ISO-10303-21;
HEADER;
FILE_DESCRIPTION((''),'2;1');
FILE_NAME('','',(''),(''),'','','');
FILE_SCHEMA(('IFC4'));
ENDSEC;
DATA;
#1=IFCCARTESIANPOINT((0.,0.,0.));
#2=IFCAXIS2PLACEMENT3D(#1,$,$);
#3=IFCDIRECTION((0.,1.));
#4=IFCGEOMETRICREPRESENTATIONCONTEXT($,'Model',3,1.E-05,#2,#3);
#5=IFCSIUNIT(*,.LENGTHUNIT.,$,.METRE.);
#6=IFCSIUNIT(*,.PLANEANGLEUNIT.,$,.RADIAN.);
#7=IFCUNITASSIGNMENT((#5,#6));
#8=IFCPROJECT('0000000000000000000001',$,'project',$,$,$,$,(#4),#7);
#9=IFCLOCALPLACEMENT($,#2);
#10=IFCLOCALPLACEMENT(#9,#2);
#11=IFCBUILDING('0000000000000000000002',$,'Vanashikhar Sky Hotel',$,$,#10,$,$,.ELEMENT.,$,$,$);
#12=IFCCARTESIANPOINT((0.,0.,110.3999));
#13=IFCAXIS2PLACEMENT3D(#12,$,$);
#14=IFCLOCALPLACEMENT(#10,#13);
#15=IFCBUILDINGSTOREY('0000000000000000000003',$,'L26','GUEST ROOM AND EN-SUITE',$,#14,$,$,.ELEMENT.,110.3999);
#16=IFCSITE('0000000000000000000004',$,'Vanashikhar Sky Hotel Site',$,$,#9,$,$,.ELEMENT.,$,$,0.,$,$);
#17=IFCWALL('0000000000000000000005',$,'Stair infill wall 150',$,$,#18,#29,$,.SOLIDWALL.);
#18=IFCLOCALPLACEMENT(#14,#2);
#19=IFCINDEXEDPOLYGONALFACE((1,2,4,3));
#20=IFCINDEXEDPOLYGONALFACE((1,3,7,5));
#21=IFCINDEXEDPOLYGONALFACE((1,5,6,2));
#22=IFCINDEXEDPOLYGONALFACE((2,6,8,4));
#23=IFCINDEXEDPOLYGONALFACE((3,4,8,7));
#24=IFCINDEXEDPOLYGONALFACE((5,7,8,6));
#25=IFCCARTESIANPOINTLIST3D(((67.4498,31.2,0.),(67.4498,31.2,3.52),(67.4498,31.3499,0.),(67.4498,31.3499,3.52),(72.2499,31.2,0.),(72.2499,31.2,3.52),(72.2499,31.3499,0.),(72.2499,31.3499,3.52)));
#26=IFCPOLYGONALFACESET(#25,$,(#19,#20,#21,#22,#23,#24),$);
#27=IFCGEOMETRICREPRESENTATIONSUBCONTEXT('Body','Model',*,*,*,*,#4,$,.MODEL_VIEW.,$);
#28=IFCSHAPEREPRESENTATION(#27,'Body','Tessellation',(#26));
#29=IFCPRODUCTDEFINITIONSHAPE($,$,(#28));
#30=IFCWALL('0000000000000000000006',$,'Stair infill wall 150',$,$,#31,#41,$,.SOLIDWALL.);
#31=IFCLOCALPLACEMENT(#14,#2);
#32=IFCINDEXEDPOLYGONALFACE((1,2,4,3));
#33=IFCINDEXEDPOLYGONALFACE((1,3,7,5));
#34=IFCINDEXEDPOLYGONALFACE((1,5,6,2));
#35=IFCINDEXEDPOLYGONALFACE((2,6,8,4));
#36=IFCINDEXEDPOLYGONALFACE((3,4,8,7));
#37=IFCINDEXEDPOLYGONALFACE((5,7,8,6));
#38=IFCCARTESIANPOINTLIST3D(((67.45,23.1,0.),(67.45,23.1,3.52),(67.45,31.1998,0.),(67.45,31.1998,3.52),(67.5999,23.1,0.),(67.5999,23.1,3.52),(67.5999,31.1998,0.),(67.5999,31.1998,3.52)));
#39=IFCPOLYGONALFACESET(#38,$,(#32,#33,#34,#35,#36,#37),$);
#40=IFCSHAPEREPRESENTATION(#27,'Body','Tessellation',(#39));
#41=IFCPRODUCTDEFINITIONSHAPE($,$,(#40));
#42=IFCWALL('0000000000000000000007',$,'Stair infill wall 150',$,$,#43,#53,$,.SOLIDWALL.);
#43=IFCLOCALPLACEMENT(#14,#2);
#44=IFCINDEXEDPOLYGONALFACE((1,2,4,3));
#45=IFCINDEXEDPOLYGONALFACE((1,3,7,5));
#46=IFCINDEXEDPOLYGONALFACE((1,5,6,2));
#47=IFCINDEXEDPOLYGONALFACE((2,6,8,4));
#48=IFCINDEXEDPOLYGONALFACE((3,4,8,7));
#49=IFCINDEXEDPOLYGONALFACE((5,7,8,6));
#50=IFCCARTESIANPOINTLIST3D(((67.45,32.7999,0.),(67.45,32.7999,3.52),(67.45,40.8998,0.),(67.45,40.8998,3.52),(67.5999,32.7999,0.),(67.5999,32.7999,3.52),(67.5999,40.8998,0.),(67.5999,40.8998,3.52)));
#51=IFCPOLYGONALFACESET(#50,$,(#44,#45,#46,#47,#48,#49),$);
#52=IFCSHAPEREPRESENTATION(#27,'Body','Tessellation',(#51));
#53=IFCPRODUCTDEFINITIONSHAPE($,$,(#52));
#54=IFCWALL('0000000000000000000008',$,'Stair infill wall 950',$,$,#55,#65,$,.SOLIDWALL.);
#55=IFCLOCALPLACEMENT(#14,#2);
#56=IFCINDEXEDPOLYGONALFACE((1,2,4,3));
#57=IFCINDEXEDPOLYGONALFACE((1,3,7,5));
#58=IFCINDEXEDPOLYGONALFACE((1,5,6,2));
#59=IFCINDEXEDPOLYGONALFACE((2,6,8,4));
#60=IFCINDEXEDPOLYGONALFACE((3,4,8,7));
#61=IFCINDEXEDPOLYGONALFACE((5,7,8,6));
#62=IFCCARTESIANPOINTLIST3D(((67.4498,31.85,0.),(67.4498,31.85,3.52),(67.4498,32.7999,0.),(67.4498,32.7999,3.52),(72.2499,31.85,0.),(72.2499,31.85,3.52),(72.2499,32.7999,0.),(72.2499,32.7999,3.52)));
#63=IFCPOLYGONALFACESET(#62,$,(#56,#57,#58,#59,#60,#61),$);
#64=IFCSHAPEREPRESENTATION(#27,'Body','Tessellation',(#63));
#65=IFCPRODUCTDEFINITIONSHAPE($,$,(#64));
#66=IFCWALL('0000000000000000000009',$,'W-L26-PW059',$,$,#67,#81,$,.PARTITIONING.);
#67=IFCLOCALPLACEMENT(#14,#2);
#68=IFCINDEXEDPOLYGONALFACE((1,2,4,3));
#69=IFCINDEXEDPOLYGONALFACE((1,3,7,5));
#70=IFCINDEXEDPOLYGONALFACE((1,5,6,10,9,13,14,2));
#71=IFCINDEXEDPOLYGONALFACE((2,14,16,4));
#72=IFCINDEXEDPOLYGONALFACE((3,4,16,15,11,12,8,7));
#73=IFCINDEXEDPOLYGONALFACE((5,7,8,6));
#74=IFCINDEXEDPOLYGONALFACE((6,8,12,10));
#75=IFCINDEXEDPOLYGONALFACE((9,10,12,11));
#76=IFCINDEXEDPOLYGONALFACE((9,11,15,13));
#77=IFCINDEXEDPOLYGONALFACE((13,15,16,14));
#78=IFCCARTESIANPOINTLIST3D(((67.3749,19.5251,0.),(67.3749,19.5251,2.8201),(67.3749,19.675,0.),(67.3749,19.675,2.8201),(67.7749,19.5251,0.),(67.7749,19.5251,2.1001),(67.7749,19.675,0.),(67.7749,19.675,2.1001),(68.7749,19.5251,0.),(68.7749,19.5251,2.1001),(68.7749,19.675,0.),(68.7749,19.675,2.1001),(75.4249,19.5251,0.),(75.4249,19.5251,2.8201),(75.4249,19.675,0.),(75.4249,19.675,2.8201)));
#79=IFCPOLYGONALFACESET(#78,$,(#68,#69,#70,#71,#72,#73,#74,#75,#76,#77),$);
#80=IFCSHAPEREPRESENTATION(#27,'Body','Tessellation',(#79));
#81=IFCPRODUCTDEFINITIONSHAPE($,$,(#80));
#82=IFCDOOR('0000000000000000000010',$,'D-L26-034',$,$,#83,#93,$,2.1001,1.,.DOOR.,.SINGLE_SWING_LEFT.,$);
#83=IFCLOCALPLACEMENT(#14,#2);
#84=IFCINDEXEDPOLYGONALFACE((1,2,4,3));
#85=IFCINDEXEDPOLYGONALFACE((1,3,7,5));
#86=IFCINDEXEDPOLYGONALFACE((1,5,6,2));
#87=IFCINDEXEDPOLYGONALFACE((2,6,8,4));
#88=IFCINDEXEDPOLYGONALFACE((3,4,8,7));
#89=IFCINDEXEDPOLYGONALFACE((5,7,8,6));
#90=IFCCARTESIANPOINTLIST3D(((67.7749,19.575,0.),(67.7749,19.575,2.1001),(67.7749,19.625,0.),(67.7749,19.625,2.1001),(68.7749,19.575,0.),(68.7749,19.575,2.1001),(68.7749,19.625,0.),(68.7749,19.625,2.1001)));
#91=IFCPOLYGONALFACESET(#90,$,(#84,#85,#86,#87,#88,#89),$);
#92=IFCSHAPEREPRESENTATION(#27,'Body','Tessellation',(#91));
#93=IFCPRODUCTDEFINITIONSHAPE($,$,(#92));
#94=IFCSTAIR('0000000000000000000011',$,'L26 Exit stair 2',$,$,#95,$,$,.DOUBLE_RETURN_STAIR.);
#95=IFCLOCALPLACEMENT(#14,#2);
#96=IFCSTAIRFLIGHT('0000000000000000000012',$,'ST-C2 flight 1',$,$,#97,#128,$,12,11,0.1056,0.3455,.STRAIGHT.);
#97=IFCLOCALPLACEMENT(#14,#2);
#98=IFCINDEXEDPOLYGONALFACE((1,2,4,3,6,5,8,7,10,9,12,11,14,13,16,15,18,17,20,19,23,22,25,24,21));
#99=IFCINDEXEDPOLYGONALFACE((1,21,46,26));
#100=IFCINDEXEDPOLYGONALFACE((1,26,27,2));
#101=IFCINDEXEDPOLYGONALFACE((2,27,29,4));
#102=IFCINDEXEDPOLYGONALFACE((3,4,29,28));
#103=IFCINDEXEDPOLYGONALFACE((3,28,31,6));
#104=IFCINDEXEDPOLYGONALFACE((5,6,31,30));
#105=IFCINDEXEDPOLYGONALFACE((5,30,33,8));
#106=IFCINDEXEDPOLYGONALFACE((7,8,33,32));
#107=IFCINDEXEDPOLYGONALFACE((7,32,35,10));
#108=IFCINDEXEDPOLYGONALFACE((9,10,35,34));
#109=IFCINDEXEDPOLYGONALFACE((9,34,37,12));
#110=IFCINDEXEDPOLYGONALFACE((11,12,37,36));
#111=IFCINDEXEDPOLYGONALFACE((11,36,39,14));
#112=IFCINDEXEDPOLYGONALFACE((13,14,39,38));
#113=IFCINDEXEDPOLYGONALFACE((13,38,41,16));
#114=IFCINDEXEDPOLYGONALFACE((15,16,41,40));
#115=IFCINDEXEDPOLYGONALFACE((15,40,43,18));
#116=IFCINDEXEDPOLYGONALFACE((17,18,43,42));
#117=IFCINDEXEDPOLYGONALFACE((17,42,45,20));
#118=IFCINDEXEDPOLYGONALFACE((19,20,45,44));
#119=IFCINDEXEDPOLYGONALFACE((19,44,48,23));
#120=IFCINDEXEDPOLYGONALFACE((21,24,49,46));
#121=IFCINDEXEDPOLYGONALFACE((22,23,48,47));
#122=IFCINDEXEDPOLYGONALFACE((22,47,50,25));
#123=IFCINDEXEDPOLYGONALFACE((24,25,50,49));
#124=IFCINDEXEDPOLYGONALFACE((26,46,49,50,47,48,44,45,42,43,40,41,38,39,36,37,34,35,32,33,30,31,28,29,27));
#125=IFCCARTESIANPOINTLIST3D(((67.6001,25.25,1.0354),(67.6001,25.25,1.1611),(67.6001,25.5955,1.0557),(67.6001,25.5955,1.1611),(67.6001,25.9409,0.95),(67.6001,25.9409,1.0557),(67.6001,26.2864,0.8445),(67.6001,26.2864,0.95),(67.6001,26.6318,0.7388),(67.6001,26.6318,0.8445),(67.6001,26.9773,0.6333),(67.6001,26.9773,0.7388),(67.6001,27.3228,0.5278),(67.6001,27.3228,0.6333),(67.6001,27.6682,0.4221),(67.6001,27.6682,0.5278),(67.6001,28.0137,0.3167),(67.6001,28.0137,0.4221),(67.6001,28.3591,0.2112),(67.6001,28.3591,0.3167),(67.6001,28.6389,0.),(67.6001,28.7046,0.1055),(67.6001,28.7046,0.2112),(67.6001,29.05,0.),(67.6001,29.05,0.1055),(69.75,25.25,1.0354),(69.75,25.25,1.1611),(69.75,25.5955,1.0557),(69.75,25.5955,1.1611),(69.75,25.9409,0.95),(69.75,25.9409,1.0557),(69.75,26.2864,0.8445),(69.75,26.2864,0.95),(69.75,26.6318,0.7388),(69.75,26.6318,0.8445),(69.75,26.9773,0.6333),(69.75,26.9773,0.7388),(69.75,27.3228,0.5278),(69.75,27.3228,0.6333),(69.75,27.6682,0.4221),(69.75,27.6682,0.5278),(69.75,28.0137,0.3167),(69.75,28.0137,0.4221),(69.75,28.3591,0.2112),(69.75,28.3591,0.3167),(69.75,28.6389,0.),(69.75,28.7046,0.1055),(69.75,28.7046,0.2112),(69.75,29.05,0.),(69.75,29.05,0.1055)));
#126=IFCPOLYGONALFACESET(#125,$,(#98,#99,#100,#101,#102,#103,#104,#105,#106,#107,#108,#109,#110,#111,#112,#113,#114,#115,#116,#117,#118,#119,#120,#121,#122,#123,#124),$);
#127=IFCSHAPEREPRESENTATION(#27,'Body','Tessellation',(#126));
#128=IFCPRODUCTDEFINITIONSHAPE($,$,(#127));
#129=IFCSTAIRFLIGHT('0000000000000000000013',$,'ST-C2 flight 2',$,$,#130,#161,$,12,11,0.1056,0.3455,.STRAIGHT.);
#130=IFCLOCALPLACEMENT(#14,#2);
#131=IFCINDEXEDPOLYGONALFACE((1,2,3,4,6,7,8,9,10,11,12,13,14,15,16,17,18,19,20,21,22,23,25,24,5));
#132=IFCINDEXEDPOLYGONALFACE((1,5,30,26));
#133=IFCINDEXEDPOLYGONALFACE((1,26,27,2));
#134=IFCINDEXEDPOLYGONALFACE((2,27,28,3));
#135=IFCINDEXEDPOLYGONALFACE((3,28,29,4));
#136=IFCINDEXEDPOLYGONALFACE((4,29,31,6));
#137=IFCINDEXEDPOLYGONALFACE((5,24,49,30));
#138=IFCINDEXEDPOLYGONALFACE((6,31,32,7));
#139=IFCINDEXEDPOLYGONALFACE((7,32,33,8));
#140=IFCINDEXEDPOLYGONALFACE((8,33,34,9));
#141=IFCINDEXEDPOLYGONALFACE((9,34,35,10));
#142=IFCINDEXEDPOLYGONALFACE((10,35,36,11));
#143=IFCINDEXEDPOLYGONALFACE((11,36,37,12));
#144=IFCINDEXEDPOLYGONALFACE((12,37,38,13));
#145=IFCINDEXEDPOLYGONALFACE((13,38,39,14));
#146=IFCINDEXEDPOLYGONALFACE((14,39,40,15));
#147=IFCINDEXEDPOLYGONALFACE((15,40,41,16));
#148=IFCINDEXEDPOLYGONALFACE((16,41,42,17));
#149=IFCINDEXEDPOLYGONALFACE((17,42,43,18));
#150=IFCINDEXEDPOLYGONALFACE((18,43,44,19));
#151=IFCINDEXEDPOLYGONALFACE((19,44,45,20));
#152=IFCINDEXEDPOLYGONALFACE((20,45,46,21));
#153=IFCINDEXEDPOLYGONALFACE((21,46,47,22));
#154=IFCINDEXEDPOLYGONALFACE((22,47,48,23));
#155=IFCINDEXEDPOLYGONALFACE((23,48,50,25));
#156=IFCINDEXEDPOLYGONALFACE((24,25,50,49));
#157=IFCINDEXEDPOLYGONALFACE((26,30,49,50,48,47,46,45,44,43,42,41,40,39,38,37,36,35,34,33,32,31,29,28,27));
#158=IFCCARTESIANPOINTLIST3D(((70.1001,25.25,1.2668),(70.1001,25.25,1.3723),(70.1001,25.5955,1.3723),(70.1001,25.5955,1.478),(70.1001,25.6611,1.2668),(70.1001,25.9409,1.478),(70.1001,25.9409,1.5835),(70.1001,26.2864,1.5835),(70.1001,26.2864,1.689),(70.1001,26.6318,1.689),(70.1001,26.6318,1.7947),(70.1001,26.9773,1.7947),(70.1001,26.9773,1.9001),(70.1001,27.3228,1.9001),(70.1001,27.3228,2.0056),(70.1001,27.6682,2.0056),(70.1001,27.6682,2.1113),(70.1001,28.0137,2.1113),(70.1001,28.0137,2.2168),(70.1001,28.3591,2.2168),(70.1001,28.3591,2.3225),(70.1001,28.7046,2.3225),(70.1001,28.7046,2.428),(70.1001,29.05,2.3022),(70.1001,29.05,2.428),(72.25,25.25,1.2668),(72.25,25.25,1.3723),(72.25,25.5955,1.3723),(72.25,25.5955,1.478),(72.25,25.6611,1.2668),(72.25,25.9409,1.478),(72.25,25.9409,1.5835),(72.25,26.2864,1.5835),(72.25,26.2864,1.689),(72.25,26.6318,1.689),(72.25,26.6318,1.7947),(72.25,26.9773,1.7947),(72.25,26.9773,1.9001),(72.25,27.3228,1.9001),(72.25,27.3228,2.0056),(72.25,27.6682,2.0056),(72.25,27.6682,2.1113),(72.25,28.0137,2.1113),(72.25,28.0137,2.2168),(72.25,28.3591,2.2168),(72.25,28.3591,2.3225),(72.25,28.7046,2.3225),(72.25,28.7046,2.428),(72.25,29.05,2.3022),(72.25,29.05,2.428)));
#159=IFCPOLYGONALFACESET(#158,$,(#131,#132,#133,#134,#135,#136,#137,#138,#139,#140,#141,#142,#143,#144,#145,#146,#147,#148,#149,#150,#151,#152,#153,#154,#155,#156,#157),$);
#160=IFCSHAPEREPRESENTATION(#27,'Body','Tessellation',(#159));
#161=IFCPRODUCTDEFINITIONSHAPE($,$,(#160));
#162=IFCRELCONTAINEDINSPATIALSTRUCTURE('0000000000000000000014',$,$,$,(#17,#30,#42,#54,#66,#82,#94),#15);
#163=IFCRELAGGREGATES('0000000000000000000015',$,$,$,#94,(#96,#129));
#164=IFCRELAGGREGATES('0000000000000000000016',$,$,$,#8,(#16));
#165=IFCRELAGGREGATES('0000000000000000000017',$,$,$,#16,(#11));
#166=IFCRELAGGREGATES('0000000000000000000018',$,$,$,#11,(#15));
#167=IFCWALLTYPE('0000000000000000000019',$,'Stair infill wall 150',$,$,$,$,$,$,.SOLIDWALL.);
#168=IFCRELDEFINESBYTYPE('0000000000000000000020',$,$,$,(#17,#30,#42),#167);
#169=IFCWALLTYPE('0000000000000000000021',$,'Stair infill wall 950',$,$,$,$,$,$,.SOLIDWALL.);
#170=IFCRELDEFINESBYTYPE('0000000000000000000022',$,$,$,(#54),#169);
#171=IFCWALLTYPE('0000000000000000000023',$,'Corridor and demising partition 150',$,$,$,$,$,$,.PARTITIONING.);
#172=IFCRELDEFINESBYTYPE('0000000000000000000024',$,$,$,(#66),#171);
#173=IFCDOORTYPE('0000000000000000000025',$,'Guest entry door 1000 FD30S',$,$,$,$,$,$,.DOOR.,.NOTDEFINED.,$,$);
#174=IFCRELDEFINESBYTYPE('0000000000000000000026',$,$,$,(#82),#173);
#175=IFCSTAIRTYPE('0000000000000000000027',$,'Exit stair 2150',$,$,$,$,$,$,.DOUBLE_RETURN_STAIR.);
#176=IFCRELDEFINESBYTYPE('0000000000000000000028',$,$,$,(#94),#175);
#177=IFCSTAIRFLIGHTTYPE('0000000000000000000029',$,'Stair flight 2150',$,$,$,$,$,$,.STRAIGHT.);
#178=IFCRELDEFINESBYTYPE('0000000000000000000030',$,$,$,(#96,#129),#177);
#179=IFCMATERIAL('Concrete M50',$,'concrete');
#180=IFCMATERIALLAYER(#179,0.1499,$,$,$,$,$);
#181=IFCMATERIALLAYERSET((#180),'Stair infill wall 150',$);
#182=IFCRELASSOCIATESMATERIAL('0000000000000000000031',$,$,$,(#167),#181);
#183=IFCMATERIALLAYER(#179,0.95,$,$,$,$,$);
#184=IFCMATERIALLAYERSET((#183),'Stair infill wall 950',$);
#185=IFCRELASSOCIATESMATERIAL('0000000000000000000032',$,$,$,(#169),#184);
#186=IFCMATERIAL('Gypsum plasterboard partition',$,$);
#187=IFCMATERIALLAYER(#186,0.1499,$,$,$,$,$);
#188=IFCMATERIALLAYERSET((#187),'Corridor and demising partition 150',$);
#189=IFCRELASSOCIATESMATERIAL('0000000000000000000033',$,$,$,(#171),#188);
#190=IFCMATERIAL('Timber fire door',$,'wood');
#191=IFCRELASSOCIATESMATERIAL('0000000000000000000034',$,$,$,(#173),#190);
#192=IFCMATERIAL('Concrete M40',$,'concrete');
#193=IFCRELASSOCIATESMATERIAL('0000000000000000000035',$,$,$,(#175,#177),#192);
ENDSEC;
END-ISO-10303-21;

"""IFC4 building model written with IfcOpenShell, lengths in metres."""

from ifc_helpers import new_model, si_unit, direction, frame, frame_2d, origin, place, context, subcontext, project, spatial, polyline, rectangle, outline, extrude, source, transform, mapped, material, layer, layer_set, type_object, element, fill, aggregate, save


model = new_model("IFC4")

# Units and contexts
model_context = context("Model", 3, precision=1e-05, world=origin(), true_north=direction((0.0, 1.0)))
body_context = subcontext(model_context, "Body", "Model", "MODEL_VIEW")
ifc_project = project(units=[si_unit("LENGTHUNIT", "METRE"), si_unit("PLANEANGLEUNIT", "RADIAN")], contexts=[model_context])

# Site, building, storey
site_placement = place(None, origin())
site = spatial("IfcSite", under=ifc_project, at=site_placement, Name="Vanashikhar Sky Hotel Site", CompositionType="ELEMENT", RefElevation=0.0)
building_placement = place(site_placement, origin())
building = spatial("IfcBuilding", under=site, at=building_placement, Name="Vanashikhar Sky Hotel", CompositionType="ELEMENT")
storey_placement = place(building_placement, frame((0.0, 0.0, 110.3999)))
storey = spatial("IfcBuildingStorey", under=building, at=storey_placement, Name="L26", Description="GUEST ROOM AND EN-SUITE", CompositionType="ELEMENT", Elevation=110.3999)

# Shared definitions
ifc_material_1 = material(Name="Concrete M50", Category="concrete")

# Shared definitions
ifc_material_2 = material(Name="Concrete M40", Category="concrete")

# Walls
ifc_layer_1 = layer(ifc_material_1, 0.1499)
ifc_layer_set_1 = layer_set([ifc_layer_1], Name="Stair infill wall 150")
wall_type_1 = type_object("IfcWallType", Name="Stair infill wall 150", PredefinedType="SOLIDWALL", material=ifc_layer_set_1)
shared_shape_1 = source(origin(), body_context, "Body", "SweptSolid", [
    extrude(rectangle(XDim=4.8, YDim=0.1499, at=frame_2d((2.3999, 0.0))), origin(), (0.0, 0.0, 1.0), 3.52),
])
wall_1_placement = place(storey_placement, frame((67.45, 31.2749, 0.0), z_axis=(0.0, 0.0, 1.0), x_axis=(1.0, 0.0, 0.0)))
element("IfcWall", 1, at=wall_1_placement, inside=storey, type_object=wall_type_1, Name="Stair infill wall 150", PredefinedType="SOLIDWALL", context=body_context, shape_type="MappedRepresentation", body=[
    mapped(shared_shape_1, transform((0.0, 0.0, 0.0), scale=1.0)),
])
shared_shape_2 = source(origin(), body_context, "Body", "SweptSolid", [
    extrude(rectangle(XDim=8.0999, YDim=0.1499, at=frame_2d((4.0498, 0.0))), origin(), (0.0, 0.0, 1.0), 3.52),
])
for number, where, z_axis, x_axis, name in (
    (2, (67.5249, 23.1001, 0.0), (0.0, 0.0, 1.0), (0.0, 1.0, 0.0), "Stair infill wall 150"),
    (3, (67.5249, 32.8, 0.0), (0.0, 0.0, 1.0), (0.0, 1.0, 0.0), "Stair infill wall 150"),
):
    element("IfcWall", number, at=place(storey_placement, frame(where, z_axis=z_axis, x_axis=x_axis)), inside=storey, type_object=wall_type_1, Name=name, PredefinedType="SOLIDWALL", context=body_context, shape_type="MappedRepresentation", body=[
        mapped(shared_shape_2, transform((0.0, 0.0, 0.0), scale=1.0)),
    ])
ifc_layer_2 = layer(ifc_material_1, 0.95)
ifc_layer_set_2 = layer_set([ifc_layer_2], Name="Stair infill wall 950")
wall_type_2 = type_object("IfcWallType", Name="Stair infill wall 950", PredefinedType="SOLIDWALL", material=ifc_layer_set_2)
shared_shape_3 = source(origin(), body_context, "Body", "SweptSolid", [
    extrude(rectangle(XDim=4.8, YDim=0.95, at=frame_2d((2.3999, 0.0))), origin(), (0.0, 0.0, 1.0), 3.52),
])
wall_2_placement = place(storey_placement, frame((67.45, 32.325, 0.0), z_axis=(0.0, 0.0, 1.0), x_axis=(1.0, 0.0, 0.0)))
element("IfcWall", 4, at=wall_2_placement, inside=storey, type_object=wall_type_2, Name="Stair infill wall 950", PredefinedType="SOLIDWALL", context=body_context, shape_type="MappedRepresentation", body=[
    mapped(shared_shape_3, transform((0.0, 0.0, 0.0), scale=1.0)),
])

# Wall, opening, door
ifc_material_3 = material(Name="Gypsum plasterboard partition")
ifc_layer_3 = layer(ifc_material_3, 0.1499)
ifc_layer_set_3 = layer_set([ifc_layer_3], Name="Corridor and demising partition 150")
wall_type_3 = type_object("IfcWallType", Name="Corridor and demising partition 150", PredefinedType="PARTITIONING", material=ifc_layer_set_3)
shared_shape_4 = source(origin(), body_context, "Body", "SweptSolid", [
    extrude(rectangle(XDim=8.05, YDim=0.1499, at=frame_2d((4.0249, 0.0))), origin(), (0.0, 0.0, 1.0), 2.8201),
])
wall_3_placement = place(storey_placement, frame((67.375, 19.6001, 0.0), z_axis=(0.0, 0.0, 1.0), x_axis=(1.0, 0.0, 0.0)))
wall_3 = element("IfcWall", 5, at=wall_3_placement, inside=storey, type_object=wall_type_3, Name="W-L26-PW059", PredefinedType="PARTITIONING", context=body_context, shape_type="MappedRepresentation", body=[
    mapped(shared_shape_4, transform((0.0, 0.0, 0.0), scale=1.0)),
])
shared_shape_5 = source(origin(), body_context, "Body", "SweptSolid", [
    extrude(rectangle(XDim=1.0, YDim=2.1001, at=frame_2d((0.5, 1.05))), frame((0.0, 0.085, 0.0), z_axis=(0.0, -1.0, 0.0), x_axis=(1.0, 0.0, 0.0)), (0.0, 0.0, 1.0), 0.1699),
])
opening_1_placement = place(wall_3_placement, frame((0.3999, 0.0, 0.0)))
opening_1 = element("IfcOpeningElement", 6, at=opening_1_placement, cuts=wall_3, PredefinedType="OPENING", context=body_context, shape_type="MappedRepresentation", body=[
    mapped(shared_shape_5, transform((0.0, 0.0, 0.0), scale=1.0)),
])
ifc_material_4 = material(Name="Timber fire door", Category="wood")
door_type_1 = type_object("IfcDoorType", Name="Guest entry door 1000 FD30S", OperationType="NOTDEFINED", PredefinedType="DOOR", material=ifc_material_4)
shared_shape_6 = source(origin(), body_context, "Body", "SweptSolid", [
    extrude(rectangle(XDim=1.0, YDim=2.1001, at=frame_2d((0.5, 1.05))), frame((0.0, 0.0249, 0.0), z_axis=(0.0, -1.0, 0.0), x_axis=(1.0, 0.0, 0.0)), (0.0, 0.0, 1.0), 0.05),
])
door_1_placement = place(opening_1_placement, origin())
door_1 = element("IfcDoor", 7, at=door_1_placement, inside=storey, type_object=door_type_1, Name="D-L26-034", OperationType="SINGLE_SWING_LEFT", OverallHeight=2.1001, OverallWidth=1.0, PredefinedType="DOOR", context=body_context, shape_type="MappedRepresentation", body=[
    mapped(shared_shape_6, transform((0.0, 0.0, 0.0), scale=1.0)),
])
fill(opening_1, door_1)

# Stair, stair flights
stair_type = type_object("IfcStairType", Name="Exit stair 2150", PredefinedType="DOUBLE_RETURN_STAIR", material=ifc_material_2)
stair_1_placement = place(storey_placement, origin())
stair_1 = element("IfcStair", 8, at=stair_1_placement, inside=storey, type_object=stair_type, Name="L26 Exit stair 2", PredefinedType="DOUBLE_RETURN_STAIR")
stair_flight_type = type_object("IfcStairFlightType", Name="Stair flight 2150", PredefinedType="STRAIGHT", material=ifc_material_2)
shared_shape_7 = source(origin(), body_context, "Body", "SweptSolid", [
    extrude(outline(polyline([(0.0, 0.0), (0.0, 0.1055), (0.3455, 0.1055), (0.3455, 0.2112), (0.6909, 0.2112), (0.6909, 0.3167), (1.0364, 0.3167), (1.0364, 0.4221), (1.3818, 0.4221), (1.3818, 0.5278), (1.7273, 0.5278), (1.7273, 0.6333), (2.0728, 0.6333), (2.0728, 0.7388), (2.4182, 0.7388), (2.4182, 0.8445), (2.7637, 0.8445), (2.7637, 0.95), (3.1091, 0.95), (3.1091, 1.0557), (3.4546, 1.0557), (3.4546, 1.1611), (3.8, 1.1611), (3.8, 1.2666), (3.8, 1.0354), (0.4111, 0.0), (0.0, 0.0)])), frame((0.0, 1.075, 0.0), z_axis=(0.0, -1.0, 0.0), x_axis=(1.0, 0.0, 0.0)), (0.0, 0.0, 1.0), 2.1499),
])
stair_flight_1_placement = place(storey_placement, frame((68.675, 29.05, 0.0), z_axis=(0.0, 0.0, 1.0), x_axis=(0.0, -1.0, 0.0)))
stair_flight_1 = element("IfcStairFlight", 9, at=stair_flight_1_placement, type_object=stair_flight_type, Name="ST-C2 flight 1", NumberOfRisers=12, NumberOfTreads=11, PredefinedType="STRAIGHT", RiserHeight=0.1056, TreadLength=0.3455, context=body_context, shape_type="MappedRepresentation", body=[
    mapped(shared_shape_7, transform((0.0, 0.0, 0.0), scale=1.0)),
])
stair_flight_2_placement = place(storey_placement, frame((71.175, 25.25, 1.2668), z_axis=(0.0, 0.0, 1.0), x_axis=(0.0, 1.0, 0.0)))
stair_flight_2 = element("IfcStairFlight", 10, at=stair_flight_2_placement, type_object=stair_flight_type, Name="ST-C2 flight 2", NumberOfRisers=12, NumberOfTreads=11, PredefinedType="STRAIGHT", RiserHeight=0.1056, TreadLength=0.3455, context=body_context, shape_type="MappedRepresentation", body=[
    mapped(shared_shape_7, transform((0.0, 0.0, 0.0), scale=1.0)),
])
aggregate(stair_1, [stair_flight_1, stair_flight_2])

save(model, "model.ifc")
